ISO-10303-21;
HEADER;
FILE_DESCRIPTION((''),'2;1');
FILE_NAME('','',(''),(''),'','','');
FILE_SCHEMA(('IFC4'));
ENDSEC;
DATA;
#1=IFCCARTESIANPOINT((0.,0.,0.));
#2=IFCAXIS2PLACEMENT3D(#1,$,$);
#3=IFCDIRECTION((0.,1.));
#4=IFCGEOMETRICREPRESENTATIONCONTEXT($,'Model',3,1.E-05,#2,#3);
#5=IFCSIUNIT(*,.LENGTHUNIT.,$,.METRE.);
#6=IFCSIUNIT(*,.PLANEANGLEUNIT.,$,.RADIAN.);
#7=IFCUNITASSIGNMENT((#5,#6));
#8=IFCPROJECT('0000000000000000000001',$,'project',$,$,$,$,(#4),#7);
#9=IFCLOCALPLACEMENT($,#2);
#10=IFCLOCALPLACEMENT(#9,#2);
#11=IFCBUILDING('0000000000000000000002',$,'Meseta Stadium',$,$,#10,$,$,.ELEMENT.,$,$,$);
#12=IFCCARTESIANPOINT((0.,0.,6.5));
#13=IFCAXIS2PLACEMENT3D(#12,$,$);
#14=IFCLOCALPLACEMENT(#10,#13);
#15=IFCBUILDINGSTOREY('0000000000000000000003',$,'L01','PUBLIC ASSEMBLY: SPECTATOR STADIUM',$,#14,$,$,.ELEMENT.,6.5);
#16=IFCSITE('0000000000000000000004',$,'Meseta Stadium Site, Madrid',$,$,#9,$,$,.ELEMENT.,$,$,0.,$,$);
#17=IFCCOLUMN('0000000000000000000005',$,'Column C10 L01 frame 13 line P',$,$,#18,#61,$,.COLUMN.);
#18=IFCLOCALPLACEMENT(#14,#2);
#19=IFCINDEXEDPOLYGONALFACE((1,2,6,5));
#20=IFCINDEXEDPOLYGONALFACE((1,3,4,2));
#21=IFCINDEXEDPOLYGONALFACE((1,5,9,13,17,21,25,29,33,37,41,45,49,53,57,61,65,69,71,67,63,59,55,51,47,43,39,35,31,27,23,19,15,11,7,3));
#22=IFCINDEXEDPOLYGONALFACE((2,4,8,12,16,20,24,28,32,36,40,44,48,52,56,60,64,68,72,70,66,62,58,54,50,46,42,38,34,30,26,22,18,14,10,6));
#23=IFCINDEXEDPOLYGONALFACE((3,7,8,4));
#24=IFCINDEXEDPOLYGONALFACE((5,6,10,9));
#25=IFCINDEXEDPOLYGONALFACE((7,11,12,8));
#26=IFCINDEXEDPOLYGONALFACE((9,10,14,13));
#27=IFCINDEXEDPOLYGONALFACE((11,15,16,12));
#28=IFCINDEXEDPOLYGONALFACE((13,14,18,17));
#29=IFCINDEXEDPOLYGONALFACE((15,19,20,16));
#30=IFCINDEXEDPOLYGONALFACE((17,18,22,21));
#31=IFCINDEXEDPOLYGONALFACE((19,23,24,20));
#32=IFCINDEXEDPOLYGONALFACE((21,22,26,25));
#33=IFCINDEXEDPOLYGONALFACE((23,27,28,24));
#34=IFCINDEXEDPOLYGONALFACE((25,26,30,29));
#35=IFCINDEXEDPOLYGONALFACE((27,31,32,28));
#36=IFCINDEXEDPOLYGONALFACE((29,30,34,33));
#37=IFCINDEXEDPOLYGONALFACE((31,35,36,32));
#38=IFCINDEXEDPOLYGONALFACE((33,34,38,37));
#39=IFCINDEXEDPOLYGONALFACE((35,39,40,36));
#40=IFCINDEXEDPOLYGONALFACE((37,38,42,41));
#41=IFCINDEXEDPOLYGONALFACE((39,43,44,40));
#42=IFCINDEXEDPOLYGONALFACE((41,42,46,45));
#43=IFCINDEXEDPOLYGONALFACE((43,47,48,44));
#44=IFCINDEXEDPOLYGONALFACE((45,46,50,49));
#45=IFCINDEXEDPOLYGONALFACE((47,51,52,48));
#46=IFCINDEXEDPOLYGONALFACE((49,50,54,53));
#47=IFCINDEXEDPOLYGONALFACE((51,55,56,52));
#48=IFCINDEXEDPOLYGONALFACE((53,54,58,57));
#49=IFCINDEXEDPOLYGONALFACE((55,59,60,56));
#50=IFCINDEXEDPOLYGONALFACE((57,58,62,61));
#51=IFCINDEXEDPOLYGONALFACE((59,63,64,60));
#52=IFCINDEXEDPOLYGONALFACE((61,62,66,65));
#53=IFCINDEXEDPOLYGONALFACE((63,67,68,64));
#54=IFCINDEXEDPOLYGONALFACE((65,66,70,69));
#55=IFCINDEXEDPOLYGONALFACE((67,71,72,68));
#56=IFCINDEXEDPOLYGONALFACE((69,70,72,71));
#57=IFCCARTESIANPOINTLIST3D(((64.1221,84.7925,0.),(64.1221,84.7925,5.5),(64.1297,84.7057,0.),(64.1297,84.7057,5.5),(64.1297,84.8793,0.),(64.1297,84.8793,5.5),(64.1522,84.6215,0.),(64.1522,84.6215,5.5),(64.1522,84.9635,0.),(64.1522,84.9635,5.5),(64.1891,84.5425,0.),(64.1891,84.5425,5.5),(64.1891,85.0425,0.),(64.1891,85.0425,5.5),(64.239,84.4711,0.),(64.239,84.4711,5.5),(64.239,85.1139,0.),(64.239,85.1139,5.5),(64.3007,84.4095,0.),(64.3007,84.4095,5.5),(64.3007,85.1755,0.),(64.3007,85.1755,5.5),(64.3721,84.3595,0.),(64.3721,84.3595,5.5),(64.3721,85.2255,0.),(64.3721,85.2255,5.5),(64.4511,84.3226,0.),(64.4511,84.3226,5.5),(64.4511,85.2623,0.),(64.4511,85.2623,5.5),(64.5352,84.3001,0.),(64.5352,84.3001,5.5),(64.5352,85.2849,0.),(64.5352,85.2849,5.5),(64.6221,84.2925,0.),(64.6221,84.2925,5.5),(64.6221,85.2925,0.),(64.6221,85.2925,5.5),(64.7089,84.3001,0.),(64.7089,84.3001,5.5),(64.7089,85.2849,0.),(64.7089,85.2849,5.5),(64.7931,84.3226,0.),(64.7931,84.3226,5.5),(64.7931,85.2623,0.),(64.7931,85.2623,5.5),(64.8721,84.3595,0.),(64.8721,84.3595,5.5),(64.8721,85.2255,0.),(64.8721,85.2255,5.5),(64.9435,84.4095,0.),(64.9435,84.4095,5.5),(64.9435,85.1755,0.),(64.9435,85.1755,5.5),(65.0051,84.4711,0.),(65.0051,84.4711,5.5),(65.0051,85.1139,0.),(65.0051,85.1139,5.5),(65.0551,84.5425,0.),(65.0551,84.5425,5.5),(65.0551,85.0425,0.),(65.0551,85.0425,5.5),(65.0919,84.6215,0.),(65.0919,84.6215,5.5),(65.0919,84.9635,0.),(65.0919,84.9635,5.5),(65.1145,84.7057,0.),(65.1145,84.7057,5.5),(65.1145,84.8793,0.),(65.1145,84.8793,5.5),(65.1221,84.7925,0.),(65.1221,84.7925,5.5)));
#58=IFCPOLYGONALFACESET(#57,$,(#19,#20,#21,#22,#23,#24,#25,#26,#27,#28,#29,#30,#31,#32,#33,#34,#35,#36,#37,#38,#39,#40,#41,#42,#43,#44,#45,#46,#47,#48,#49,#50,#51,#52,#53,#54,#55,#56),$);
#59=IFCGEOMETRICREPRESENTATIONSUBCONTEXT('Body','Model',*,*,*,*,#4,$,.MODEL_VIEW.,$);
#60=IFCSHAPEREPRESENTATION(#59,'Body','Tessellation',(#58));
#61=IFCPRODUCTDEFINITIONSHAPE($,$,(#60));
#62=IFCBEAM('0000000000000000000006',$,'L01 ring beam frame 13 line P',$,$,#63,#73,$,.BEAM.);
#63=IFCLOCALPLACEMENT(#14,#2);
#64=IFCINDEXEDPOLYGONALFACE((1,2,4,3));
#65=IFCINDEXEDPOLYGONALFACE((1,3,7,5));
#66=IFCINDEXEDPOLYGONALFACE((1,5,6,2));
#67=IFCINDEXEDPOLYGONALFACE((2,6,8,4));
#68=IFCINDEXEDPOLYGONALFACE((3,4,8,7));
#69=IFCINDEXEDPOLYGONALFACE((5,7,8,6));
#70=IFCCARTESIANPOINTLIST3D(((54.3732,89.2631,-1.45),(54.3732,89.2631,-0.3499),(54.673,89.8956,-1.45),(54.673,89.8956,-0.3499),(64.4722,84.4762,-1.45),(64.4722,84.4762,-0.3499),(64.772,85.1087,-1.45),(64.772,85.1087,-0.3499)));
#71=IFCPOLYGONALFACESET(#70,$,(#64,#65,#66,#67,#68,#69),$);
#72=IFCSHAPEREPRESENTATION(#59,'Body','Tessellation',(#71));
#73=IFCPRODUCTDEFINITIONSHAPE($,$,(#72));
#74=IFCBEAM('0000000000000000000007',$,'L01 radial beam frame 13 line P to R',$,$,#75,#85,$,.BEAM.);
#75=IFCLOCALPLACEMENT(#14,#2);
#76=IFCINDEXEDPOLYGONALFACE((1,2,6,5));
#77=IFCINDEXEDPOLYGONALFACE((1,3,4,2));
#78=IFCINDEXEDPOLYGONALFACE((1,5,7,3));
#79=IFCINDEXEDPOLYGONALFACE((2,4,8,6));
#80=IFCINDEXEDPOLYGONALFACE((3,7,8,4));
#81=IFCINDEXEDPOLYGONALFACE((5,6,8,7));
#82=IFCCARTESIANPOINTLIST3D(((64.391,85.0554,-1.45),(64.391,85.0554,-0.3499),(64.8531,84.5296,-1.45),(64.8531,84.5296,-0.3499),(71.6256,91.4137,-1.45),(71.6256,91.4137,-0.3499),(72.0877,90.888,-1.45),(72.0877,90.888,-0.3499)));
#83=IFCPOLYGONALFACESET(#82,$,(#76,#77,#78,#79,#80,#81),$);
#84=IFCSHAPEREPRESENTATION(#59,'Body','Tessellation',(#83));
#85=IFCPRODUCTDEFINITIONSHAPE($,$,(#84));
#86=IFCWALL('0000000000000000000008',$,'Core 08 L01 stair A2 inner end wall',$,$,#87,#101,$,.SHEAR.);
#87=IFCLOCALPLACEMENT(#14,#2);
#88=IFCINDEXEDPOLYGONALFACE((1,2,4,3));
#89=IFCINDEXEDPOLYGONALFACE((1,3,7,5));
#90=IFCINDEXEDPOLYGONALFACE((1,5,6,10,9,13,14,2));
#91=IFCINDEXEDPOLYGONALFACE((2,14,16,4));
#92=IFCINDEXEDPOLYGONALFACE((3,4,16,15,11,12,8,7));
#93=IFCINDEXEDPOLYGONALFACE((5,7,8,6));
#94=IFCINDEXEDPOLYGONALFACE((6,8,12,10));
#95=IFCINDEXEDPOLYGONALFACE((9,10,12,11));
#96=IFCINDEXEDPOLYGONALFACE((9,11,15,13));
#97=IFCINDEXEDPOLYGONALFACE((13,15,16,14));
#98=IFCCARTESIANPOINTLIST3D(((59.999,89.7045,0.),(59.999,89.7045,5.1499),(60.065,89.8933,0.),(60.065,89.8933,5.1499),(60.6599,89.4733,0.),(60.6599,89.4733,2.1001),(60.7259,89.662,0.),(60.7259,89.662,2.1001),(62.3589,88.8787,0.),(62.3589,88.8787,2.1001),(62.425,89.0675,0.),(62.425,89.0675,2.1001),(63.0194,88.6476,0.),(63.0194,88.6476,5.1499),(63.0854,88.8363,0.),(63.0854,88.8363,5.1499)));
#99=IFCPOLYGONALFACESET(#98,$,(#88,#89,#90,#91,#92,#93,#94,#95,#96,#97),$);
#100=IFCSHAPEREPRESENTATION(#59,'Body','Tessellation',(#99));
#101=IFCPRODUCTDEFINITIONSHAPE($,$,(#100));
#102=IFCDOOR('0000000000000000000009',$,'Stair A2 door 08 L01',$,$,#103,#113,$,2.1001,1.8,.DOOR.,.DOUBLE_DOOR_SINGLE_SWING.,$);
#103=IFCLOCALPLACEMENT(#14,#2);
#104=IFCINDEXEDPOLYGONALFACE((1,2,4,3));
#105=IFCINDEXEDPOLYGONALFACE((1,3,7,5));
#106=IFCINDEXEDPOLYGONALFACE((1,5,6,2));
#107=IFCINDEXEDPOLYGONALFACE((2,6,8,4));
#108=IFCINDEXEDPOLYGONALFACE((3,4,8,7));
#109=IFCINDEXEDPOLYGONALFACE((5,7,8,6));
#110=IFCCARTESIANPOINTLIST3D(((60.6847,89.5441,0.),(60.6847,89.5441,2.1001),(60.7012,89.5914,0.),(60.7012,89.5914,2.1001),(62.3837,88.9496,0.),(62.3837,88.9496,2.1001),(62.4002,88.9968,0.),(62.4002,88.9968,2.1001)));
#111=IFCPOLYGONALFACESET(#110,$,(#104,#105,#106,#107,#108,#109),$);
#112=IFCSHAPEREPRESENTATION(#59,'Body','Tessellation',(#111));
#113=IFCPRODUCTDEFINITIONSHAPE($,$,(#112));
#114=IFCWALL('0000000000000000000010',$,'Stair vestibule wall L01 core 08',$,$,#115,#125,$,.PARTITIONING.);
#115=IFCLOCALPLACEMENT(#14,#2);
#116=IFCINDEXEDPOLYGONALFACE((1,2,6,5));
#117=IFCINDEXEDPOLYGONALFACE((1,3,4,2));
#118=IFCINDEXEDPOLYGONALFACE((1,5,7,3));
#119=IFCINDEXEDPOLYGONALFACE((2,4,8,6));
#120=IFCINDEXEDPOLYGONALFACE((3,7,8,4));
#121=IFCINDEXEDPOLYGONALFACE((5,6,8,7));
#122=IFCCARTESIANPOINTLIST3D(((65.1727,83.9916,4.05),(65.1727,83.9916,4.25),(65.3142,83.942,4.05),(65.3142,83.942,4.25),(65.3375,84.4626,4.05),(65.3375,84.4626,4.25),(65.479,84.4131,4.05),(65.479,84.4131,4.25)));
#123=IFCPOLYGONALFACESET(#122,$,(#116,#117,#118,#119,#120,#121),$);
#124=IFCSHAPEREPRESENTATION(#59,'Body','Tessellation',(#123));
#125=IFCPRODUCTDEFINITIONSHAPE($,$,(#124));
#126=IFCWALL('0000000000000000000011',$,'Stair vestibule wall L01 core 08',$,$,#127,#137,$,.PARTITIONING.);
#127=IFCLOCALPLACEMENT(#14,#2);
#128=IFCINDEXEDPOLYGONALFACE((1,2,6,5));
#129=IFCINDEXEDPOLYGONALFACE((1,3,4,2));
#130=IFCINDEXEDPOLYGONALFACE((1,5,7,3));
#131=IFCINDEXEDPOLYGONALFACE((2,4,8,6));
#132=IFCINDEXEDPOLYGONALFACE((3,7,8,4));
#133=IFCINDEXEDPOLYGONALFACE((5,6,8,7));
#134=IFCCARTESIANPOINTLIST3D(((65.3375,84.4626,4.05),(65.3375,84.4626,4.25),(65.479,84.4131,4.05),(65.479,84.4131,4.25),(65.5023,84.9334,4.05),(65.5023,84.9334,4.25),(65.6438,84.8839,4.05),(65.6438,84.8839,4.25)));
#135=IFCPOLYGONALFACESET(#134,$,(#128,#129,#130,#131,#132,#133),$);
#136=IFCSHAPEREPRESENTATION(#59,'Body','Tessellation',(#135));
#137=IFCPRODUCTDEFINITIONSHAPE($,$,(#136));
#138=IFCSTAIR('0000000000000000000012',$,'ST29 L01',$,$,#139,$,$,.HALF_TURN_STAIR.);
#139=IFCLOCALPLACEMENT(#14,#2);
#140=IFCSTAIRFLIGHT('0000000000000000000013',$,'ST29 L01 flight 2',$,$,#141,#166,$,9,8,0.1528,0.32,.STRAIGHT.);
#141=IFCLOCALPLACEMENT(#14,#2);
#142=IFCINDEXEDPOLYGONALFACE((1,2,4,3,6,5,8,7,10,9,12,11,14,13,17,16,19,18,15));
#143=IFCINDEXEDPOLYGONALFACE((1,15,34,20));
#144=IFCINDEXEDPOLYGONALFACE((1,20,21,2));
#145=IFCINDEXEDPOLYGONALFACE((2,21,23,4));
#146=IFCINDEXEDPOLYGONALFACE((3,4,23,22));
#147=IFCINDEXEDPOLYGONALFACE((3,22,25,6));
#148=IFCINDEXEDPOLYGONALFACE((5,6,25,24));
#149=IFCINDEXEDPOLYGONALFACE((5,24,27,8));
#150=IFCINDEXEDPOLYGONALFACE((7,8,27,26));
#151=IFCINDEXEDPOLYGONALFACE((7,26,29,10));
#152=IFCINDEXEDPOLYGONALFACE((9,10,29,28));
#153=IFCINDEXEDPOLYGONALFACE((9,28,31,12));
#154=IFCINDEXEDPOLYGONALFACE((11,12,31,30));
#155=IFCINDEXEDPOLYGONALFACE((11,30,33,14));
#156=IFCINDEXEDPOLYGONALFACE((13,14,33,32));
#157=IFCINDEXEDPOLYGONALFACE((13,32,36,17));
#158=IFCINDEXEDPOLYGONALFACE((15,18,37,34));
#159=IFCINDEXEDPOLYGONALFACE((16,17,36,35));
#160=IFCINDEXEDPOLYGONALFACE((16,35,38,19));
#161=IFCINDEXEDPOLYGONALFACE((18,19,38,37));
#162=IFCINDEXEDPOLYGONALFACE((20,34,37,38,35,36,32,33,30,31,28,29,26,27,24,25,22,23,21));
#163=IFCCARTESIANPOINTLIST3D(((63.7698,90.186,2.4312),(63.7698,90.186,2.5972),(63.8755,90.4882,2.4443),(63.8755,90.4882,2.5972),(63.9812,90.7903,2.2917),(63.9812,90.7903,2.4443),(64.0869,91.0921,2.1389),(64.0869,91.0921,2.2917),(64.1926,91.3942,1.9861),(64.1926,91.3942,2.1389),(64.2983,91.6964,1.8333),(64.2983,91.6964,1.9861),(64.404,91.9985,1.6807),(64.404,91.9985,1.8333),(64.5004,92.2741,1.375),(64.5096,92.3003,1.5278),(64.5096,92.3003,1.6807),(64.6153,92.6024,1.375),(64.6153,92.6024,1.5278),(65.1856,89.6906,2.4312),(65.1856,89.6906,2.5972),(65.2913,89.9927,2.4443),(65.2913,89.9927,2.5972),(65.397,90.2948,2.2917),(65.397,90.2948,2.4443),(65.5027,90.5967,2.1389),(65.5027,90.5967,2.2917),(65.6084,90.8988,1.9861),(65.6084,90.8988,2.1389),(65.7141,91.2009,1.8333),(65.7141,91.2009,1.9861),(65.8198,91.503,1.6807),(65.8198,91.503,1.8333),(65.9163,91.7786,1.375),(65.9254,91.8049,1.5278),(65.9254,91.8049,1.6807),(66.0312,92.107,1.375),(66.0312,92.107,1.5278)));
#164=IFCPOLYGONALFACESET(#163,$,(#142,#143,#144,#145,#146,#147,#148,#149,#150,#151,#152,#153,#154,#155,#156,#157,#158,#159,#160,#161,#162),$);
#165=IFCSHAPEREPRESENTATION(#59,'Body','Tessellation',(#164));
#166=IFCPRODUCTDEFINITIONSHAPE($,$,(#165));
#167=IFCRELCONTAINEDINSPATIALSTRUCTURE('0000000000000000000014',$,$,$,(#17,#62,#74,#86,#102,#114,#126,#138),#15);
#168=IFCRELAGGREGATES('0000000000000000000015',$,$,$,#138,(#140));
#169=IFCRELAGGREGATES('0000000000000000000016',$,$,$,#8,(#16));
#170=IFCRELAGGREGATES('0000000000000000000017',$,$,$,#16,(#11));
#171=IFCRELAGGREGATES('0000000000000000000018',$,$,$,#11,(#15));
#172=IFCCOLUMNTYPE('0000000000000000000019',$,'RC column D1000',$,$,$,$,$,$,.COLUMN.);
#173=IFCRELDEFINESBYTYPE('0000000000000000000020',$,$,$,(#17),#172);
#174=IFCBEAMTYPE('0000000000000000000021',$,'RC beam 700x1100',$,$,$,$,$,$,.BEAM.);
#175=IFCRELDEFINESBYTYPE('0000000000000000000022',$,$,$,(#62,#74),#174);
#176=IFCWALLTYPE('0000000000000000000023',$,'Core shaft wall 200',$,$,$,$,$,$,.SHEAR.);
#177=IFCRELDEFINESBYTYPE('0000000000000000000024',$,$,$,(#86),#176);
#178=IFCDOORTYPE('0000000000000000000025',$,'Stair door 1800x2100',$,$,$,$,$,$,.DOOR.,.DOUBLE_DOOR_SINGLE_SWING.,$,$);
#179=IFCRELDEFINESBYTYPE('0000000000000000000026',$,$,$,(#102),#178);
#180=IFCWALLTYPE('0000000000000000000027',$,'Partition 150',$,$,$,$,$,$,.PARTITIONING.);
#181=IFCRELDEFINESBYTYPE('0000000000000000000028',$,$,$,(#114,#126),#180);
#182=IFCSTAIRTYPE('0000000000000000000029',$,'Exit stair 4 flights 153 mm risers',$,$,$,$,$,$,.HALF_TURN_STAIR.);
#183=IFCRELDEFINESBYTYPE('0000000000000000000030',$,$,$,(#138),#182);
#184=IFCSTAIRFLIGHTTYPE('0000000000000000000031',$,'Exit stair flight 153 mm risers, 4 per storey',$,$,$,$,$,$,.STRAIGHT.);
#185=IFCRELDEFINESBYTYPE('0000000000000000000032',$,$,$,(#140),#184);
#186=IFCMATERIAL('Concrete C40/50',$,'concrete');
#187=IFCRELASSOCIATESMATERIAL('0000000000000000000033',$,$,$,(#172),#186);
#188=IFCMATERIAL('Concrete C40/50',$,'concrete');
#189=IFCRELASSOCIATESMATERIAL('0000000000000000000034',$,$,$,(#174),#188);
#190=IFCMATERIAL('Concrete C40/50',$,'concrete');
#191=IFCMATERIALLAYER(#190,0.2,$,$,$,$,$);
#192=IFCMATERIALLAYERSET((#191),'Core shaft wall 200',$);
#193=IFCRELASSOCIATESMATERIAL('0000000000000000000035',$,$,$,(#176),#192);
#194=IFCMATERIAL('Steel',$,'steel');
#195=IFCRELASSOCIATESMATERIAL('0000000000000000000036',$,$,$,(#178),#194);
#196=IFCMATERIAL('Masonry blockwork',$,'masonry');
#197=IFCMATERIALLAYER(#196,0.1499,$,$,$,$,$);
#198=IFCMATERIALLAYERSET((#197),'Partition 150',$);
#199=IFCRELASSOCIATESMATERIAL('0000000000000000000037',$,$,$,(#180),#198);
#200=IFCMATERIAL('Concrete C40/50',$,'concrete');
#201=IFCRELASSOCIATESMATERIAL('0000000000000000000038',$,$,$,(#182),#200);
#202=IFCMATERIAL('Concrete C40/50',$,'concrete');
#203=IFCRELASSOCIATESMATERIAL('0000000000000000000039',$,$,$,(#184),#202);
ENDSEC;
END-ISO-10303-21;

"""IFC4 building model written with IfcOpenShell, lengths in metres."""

from ifc_helpers import new_model, si_unit, direction, frame, frame_2d, origin, origin_2d, place, context, subcontext, project, spatial, polyline, rectangle, circle, outline, extrude, material, layer, layer_set, material_profile, profile_set, type_object, element, fill, aggregate, save


model = new_model("IFC4")

# Units and contexts
model_context = context("Model", 3, precision=1e-05, world=origin(), true_north=direction((0.0, 1.0)))
body_context = subcontext(model_context, "Body", "Model", "MODEL_VIEW")
ifc_project = project(units=[si_unit("LENGTHUNIT", "METRE"), si_unit("PLANEANGLEUNIT", "RADIAN")], contexts=[model_context])

# Site, building, storey
site_placement = place(None, origin())
site = spatial("IfcSite", under=ifc_project, at=site_placement, Name="Meseta Stadium Site, Madrid", CompositionType="ELEMENT", RefElevation=0.0)
building_placement = place(site_placement, origin())
building = spatial("IfcBuilding", under=site, at=building_placement, Name="Meseta Stadium", CompositionType="ELEMENT")
storey_placement = place(building_placement, frame((0.0, 0.0, 6.5)))
storey = spatial("IfcBuildingStorey", under=building, at=storey_placement, Name="L01", Description="PUBLIC ASSEMBLY: SPECTATOR STADIUM", CompositionType="ELEMENT", Elevation=6.5)

# Column
ifc_material_1 = material(Name="Concrete C40/50", Category="concrete")
ifc_material_profile_1 = material_profile(ifc_material_1, circle(Radius=0.5, at=origin_2d()), Name="RC D1000")
ifc_profile_set_1 = profile_set([ifc_material_profile_1], Name="Concrete C40/50")
column_type = type_object("IfcColumnType", Name="RC column D1000", PredefinedType="COLUMN", material=ifc_profile_set_1)
column_placement = place(storey_placement, frame((64.6221, 84.7925, 0.0), z_axis=(0.0, 0.0, 1.0), x_axis=(1.0, 0.0, 0.0)))
element("IfcColumn", 1, at=column_placement, inside=storey, type_object=column_type, Name="Column C10 L01 frame 13 line P", PredefinedType="COLUMN", context=body_context, shape_type="SweptSolid", body=[
    extrude(circle(Radius=0.5, at=origin_2d()), origin(), (0.0, 0.0, 1.0), 5.5),
])

# Beams
ifc_material_2 = material(Name="Concrete C40/50", Category="concrete")
ifc_material_profile_2 = material_profile(ifc_material_2, rectangle(XDim=0.7, YDim=1.1001, at=origin_2d()), Name="RC 700x1100")
ifc_profile_set_2 = profile_set([ifc_material_profile_2], Name="Concrete C40/50")
beam_type = type_object("IfcBeamType", Name="RC beam 700x1100", PredefinedType="BEAM", material=ifc_profile_set_2)
beam_1_placement = place(storey_placement, frame((64.6221, 84.7925, -0.8999), z_axis=(-0.903627, 0.428319, 0.0), x_axis=(-0.428319, -0.903627, 0.0)))
element("IfcBeam", 2, at=beam_1_placement, inside=storey, type_object=beam_type, Name="L01 ring beam frame 13 line P", PredefinedType="BEAM", context=body_context, shape_type="SweptSolid", body=[
    extrude(rectangle(XDim=0.7, YDim=1.1001, at=origin_2d()), origin(), (0.0, 0.0, 1.0), 11.176),
])
beam_2_placement = place(storey_placement, frame((64.6221, 84.7925, -0.8999), z_axis=(0.751129, 0.660156, 0.0), x_axis=(-0.660156, 0.751129, 0.0)))
element("IfcBeam", 3, at=beam_2_placement, inside=storey, type_object=beam_type, Name="L01 radial beam frame 13 line P to R", PredefinedType="BEAM", context=body_context, shape_type="SweptSolid", body=[
    extrude(rectangle(XDim=0.7, YDim=1.1001, at=origin_2d()), origin(), (0.0, 0.0, 1.0), 9.6316),
])

# Wall, opening, door
ifc_material_3 = material(Name="Concrete C40/50", Category="concrete")
ifc_layer_1 = layer(ifc_material_3, 0.2)
ifc_layer_set_1 = layer_set([ifc_layer_1], Name="Core shaft wall 200")
wall_type_1 = type_object("IfcWallType", Name="Core shaft wall 200", PredefinedType="SHEAR", material=ifc_layer_set_1)
wall_1_placement = place(storey_placement, frame((63.0525, 88.7419, 0.0), z_axis=(0.0, 0.0, 1.0), x_axis=(-0.943879, 0.330293, 0.0)))
wall_1 = element("IfcWall", 4, at=wall_1_placement, inside=storey, type_object=wall_type_1, Name="Core 08 L01 stair A2 inner end wall", PredefinedType="SHEAR", context=body_context, shape_type="SweptSolid", body=[
    extrude(rectangle(XDim=3.2, YDim=0.2, at=frame_2d((1.6001, 0.0))), origin(), (0.0, 0.0, 1.0), 5.1499),
])
opening_placement = place(wall_1_placement, frame((0.7, 0.0, 0.0)))
opening = element("IfcOpeningElement", 5, at=opening_placement, cuts=wall_1, PredefinedType="OPENING", context=body_context, shape_type="SweptSolid", body=[
    extrude(rectangle(XDim=1.8, YDim=2.1001, at=frame_2d((0.8999, 1.05))), frame((0.0, 0.1099, 0.0), z_axis=(0.0, -1.0, 0.0), x_axis=(1.0, 0.0, 0.0)), (0.0, 0.0, 1.0), 0.22),
])
ifc_material_4 = material(Name="Steel", Category="steel")
door_type = type_object("IfcDoorType", Name="Stair door 1800x2100", OperationType="DOUBLE_DOOR_SINGLE_SWING", PredefinedType="DOOR", material=ifc_material_4)
door_placement = place(opening_placement, origin())
door = element("IfcDoor", 6, at=door_placement, inside=storey, type_object=door_type, Name="Stair A2 door 08 L01", OperationType="DOUBLE_DOOR_SINGLE_SWING", OverallHeight=2.1001, OverallWidth=1.8, PredefinedType="DOOR", context=body_context, shape_type="SweptSolid", body=[
    extrude(rectangle(XDim=1.8, YDim=2.1001, at=frame_2d((0.8999, 1.05))), frame((0.0, 0.0249, 0.0), z_axis=(0.0, -1.0, 0.0), x_axis=(1.0, 0.0, 0.0)), (0.0, 0.0, 1.0), 0.05),
])
fill(opening, door)

# Walls
ifc_material_5 = material(Name="Masonry blockwork", Category="masonry")
ifc_layer_2 = layer(ifc_material_5, 0.1499)
ifc_layer_set_2 = layer_set([ifc_layer_2], Name="Partition 150")
wall_type_2 = type_object("IfcWallType", Name="Partition 150", PredefinedType="PARTITIONING", material=ifc_layer_set_2)
wall_2_placement = place(storey_placement, frame((65.2434, 83.9668, 4.05), z_axis=(0.0, 0.0, 1.0), x_axis=(0.330285, 0.943881, 0.0)))
element("IfcWall", 7, at=wall_2_placement, inside=storey, type_object=wall_type_2, Name="Stair vestibule wall L01 core 08", PredefinedType="PARTITIONING", context=body_context, shape_type="SweptSolid", body=[
    extrude(rectangle(XDim=0.499, YDim=0.1499, at=frame_2d((0.2495, 0.0))), origin(), (0.0, 0.0, 1.0), 0.2),
])
wall_3_placement = place(storey_placement, frame((65.4082, 84.4377, 4.05), z_axis=(0.0, 0.0, 1.0), x_axis=(0.330438, 0.943828, 0.0)))
element("IfcWall", 8, at=wall_3_placement, inside=storey, type_object=wall_type_2, Name="Stair vestibule wall L01 core 08", PredefinedType="PARTITIONING", context=body_context, shape_type="SweptSolid", body=[
    extrude(rectangle(XDim=0.4988, YDim=0.1499, at=frame_2d((0.2495, 0.0))), origin(), (0.0, 0.0, 1.0), 0.2),
])

# Stair, stair flight
ifc_material_6 = material(Name="Concrete C40/50", Category="concrete")
stair_type = type_object("IfcStairType", Name="Exit stair 4 flights 153 mm risers", PredefinedType="HALF_TURN_STAIR", material=ifc_material_6)
stair_1_placement = place(storey_placement, origin())
stair_1 = element("IfcStair", 9, at=stair_1_placement, inside=storey, type_object=stair_type, Name="ST29 L01", PredefinedType="HALF_TURN_STAIR")
ifc_material_7 = material(Name="Concrete C40/50", Category="concrete")
stair_flight_type = type_object("IfcStairFlightType", Name="Exit stair flight 153 mm risers, 4 per storey", PredefinedType="STRAIGHT", material=ifc_material_7)
stair_flight_1_placement = place(storey_placement, frame((65.3232, 92.3547, 1.375), z_axis=(0.0, 0.0, 1.0), x_axis=(-0.330279, -0.943883, 0.0)))
stair_flight_1 = element("IfcStairFlight", 10, at=stair_flight_1_placement, type_object=stair_flight_type, Name="ST29 L01 flight 2", NumberOfRisers=9, NumberOfTreads=8, PredefinedType="STRAIGHT", RiserHeight=0.1528, TreadLength=0.32, context=body_context, shape_type="SweptSolid", body=[
    extrude(outline(polyline([(0.0, 0.0), (0.0, 0.1528), (0.3201, 0.1528), (0.3201, 0.3057), (0.6399, 0.3057), (0.6399, 0.4583), (0.96, 0.4583), (0.96, 0.6111), (1.28, 0.6111), (1.28, 0.7639), (1.6001, 0.7639), (1.6001, 0.9167), (1.9199, 0.9167), (1.9199, 1.0693), (2.24, 1.0693), (2.24, 1.2222), (2.5601, 1.2222), (2.5601, 1.0562), (0.3479, 0.0), (0.0, 0.0)])), frame((0.0, 0.75, 0.0), z_axis=(0.0, -1.0, 0.0), x_axis=(1.0, 0.0, 0.0)), (0.0, 0.0, 1.0), 1.5),
])
aggregate(stair_1, [stair_flight_1])

save(model, "model.ifc")
